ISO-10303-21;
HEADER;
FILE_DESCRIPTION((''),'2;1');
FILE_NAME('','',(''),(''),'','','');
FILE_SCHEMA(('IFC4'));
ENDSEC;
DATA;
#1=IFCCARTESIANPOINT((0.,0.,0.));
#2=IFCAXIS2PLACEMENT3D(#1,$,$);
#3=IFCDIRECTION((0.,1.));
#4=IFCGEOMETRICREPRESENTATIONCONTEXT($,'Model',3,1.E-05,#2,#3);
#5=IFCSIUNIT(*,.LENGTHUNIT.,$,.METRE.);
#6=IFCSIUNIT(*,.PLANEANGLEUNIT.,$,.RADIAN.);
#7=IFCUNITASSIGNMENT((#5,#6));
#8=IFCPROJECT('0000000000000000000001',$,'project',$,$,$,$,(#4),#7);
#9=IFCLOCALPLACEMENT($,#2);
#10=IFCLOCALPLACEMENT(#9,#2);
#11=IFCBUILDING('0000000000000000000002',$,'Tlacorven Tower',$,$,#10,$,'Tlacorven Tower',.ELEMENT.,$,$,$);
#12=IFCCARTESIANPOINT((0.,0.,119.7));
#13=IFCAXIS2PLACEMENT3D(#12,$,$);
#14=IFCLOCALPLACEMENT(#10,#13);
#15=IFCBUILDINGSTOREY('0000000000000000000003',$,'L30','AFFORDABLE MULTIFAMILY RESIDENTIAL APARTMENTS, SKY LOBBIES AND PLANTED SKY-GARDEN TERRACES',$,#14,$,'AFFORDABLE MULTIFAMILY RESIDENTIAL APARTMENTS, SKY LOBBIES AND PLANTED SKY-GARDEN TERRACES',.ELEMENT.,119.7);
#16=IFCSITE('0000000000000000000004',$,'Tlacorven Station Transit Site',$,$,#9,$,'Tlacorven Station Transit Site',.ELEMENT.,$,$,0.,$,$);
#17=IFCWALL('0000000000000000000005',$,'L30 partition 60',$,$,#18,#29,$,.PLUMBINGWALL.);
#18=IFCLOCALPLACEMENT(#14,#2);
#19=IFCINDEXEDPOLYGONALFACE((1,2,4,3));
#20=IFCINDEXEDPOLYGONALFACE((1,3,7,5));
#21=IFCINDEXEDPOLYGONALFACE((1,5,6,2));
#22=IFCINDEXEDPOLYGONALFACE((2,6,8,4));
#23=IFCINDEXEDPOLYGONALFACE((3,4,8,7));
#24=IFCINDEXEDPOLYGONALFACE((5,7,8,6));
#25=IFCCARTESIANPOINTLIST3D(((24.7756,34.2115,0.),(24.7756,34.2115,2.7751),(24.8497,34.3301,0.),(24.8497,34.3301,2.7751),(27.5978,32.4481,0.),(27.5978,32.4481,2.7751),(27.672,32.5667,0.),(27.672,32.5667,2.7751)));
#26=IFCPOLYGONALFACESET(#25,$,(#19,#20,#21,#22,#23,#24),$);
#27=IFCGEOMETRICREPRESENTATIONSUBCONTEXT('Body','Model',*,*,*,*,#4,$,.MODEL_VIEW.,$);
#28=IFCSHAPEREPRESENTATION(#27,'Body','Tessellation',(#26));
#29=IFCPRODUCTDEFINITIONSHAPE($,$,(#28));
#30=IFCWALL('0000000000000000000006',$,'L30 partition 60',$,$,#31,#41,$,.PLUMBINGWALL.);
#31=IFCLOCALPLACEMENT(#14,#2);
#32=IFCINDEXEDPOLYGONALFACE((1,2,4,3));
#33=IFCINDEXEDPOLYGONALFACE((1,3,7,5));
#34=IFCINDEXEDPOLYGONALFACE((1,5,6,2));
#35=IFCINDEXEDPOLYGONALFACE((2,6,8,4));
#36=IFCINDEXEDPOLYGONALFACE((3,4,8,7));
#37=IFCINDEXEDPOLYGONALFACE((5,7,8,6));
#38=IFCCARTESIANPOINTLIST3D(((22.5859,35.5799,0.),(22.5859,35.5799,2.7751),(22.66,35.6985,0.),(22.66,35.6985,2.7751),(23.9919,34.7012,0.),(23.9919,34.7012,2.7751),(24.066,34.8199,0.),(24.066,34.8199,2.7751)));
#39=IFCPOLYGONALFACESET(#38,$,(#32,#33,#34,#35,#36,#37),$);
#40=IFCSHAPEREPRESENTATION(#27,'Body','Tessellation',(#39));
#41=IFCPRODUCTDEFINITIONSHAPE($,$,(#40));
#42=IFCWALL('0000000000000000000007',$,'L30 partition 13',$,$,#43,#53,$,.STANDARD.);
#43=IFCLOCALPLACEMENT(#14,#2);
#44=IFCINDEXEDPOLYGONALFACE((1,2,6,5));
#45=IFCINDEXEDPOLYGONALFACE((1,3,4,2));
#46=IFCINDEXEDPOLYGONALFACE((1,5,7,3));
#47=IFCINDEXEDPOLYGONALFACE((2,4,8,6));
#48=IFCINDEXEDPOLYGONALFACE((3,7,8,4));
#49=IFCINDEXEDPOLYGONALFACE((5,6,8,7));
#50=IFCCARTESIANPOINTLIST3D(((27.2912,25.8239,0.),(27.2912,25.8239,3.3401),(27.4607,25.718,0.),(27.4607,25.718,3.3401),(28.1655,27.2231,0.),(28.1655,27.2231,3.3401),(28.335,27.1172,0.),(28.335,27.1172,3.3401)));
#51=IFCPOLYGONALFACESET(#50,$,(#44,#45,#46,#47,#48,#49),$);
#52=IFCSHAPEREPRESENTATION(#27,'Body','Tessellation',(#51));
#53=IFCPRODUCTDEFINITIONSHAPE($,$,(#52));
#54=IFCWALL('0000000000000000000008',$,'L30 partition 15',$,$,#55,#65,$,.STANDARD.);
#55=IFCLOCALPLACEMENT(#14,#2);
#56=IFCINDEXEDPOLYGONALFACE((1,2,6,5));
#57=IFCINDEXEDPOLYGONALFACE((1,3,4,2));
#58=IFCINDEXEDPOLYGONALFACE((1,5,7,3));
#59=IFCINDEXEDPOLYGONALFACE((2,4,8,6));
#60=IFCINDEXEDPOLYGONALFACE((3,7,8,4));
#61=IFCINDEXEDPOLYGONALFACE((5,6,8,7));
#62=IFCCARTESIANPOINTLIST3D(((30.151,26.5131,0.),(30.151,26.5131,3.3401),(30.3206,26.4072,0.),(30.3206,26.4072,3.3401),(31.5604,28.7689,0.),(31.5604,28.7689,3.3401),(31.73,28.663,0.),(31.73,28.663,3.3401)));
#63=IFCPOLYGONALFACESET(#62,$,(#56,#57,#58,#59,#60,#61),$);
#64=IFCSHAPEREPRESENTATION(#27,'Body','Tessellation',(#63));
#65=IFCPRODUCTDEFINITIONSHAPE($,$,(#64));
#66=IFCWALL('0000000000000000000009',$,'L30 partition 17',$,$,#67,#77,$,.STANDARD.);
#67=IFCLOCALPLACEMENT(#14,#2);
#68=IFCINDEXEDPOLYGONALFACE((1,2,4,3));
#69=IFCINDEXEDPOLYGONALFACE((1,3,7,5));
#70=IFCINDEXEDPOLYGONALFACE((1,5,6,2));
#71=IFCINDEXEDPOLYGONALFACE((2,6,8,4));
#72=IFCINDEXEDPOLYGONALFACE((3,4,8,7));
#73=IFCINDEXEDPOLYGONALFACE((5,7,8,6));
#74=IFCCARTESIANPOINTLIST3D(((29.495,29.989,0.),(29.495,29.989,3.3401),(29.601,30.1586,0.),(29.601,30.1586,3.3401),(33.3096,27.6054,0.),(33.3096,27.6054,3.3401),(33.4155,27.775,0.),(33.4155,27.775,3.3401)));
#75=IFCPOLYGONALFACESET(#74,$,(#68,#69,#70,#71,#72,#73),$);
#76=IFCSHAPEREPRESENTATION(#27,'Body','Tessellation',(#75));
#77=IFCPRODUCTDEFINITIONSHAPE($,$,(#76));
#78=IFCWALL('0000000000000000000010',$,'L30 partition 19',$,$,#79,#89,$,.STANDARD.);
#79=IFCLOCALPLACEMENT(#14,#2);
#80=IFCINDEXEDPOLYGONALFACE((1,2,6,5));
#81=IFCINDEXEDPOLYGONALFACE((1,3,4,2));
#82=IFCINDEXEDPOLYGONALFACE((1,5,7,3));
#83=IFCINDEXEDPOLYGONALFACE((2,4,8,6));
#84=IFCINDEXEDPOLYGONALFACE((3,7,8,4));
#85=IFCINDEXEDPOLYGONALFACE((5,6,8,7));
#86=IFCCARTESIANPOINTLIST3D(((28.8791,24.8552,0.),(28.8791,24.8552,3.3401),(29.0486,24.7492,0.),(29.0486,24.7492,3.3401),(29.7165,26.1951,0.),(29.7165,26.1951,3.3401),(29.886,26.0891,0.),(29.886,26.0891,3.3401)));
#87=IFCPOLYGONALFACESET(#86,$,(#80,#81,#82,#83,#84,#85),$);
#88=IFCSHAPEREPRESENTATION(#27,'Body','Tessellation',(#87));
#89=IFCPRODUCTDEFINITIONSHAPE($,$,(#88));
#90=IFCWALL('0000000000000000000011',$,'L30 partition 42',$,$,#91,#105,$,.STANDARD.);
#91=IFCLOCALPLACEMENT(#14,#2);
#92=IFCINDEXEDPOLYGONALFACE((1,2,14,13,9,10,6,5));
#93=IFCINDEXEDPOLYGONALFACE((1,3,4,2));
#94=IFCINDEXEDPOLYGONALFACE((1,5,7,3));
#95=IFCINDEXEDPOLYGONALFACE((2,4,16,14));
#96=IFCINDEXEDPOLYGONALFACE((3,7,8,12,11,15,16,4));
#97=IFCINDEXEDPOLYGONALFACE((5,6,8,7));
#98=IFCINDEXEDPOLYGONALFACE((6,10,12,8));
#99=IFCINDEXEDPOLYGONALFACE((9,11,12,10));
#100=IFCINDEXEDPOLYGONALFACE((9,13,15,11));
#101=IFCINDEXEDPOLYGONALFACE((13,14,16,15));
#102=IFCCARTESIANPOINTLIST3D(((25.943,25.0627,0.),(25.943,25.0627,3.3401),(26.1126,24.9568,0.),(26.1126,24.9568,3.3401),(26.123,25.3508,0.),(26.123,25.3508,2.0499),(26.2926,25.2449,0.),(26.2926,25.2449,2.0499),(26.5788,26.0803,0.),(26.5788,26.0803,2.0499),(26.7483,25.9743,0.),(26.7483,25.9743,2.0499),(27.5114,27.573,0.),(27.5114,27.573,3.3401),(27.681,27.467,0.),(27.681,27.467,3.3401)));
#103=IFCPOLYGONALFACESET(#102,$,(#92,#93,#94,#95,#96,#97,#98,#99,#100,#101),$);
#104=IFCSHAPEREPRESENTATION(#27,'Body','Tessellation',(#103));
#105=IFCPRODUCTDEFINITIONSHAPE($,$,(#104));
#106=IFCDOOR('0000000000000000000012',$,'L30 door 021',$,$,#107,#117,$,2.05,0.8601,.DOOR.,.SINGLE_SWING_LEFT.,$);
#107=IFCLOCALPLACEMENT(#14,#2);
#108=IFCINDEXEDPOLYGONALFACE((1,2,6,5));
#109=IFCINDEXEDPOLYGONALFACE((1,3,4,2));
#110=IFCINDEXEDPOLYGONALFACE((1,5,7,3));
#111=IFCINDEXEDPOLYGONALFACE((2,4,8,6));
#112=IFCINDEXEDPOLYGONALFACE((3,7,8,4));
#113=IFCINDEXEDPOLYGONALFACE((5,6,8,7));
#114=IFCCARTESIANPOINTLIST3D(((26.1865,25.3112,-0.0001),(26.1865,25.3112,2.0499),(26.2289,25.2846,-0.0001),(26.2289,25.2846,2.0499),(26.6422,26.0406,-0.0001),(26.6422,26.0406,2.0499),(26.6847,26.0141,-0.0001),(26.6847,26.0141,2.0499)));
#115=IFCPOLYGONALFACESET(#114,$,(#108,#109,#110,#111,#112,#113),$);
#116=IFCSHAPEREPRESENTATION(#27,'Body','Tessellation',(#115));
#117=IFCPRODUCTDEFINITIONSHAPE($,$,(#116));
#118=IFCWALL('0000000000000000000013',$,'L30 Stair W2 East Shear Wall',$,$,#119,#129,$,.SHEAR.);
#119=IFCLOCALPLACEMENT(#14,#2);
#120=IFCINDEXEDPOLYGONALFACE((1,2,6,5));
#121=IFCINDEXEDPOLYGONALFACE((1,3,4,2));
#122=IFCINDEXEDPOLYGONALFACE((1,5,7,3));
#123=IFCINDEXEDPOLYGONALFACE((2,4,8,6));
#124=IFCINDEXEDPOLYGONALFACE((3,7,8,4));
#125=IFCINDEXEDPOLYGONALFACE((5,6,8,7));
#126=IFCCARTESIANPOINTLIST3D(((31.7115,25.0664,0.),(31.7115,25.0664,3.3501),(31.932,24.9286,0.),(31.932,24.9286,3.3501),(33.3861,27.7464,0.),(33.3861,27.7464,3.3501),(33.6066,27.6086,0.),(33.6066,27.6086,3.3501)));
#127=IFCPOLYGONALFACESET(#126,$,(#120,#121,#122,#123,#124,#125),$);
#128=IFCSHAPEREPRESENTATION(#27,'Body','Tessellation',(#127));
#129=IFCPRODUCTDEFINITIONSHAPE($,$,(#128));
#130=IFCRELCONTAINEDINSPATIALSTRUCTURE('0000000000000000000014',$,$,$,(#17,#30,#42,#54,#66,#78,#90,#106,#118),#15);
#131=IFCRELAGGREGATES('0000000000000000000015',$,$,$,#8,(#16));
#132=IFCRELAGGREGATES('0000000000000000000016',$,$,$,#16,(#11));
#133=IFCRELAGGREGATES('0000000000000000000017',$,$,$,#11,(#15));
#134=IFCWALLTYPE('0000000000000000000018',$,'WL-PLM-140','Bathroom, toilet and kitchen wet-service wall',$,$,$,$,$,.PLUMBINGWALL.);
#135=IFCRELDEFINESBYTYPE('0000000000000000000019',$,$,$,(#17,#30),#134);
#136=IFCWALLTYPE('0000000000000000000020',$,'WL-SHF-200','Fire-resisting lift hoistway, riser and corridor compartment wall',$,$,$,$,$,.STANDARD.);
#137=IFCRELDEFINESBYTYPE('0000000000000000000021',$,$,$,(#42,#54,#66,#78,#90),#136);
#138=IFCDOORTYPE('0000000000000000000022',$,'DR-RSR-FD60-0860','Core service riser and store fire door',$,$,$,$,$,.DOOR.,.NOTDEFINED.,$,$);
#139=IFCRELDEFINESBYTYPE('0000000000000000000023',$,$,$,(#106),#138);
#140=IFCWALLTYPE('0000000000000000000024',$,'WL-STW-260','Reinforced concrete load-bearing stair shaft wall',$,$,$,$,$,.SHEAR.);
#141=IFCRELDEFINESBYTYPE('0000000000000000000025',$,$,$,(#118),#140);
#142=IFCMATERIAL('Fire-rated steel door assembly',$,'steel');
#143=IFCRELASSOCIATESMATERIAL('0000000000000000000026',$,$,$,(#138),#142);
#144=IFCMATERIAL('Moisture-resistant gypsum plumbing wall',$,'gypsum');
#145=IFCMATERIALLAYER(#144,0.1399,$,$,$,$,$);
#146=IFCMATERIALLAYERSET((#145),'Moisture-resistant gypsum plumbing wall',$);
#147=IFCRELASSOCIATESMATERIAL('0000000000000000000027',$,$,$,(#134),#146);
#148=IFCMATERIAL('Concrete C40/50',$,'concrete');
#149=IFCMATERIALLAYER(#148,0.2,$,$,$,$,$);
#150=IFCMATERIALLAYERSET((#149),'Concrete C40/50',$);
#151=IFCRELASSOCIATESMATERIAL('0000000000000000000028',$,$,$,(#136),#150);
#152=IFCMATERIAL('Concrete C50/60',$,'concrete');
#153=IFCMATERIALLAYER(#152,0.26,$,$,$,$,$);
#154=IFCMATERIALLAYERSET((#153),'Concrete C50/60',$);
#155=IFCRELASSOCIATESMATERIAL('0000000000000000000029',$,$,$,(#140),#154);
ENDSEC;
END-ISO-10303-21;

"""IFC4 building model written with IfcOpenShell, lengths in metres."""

from ifc_helpers import new_model, si_unit, direction, frame, frame_2d, origin, place, context, subcontext, project, spatial, rectangle, extrude, source, transform, mapped, material, layer, layer_set, type_object, element, fill, save


model = new_model("IFC4")

# Units and contexts
model_context = context("Model", 3, precision=1e-05, world=origin(), true_north=direction((0.0, 1.0)))
body_context = subcontext(model_context, "Body", "Model", "MODEL_VIEW")
ifc_project = project(units=[si_unit("LENGTHUNIT", "METRE"), si_unit("PLANEANGLEUNIT", "RADIAN")], contexts=[model_context])

# Site, building, storey
site_placement = place(None, origin())
site = spatial("IfcSite", under=ifc_project, at=site_placement, Name="Tlacorven Station Transit Site", LongName="Tlacorven Station Transit Site", CompositionType="ELEMENT", RefElevation=0.0)
building_placement = place(site_placement, origin())
building = spatial("IfcBuilding", under=site, at=building_placement, Name="Tlacorven Tower", LongName="Tlacorven Tower", CompositionType="ELEMENT")
storey_placement = place(building_placement, frame((0.0, 0.0, 119.7)))
storey = spatial("IfcBuildingStorey", under=building, at=storey_placement, Name="L30", Description="AFFORDABLE MULTIFAMILY RESIDENTIAL APARTMENTS, SKY LOBBIES AND PLANTED SKY-GARDEN TERRACES", LongName="AFFORDABLE MULTIFAMILY RESIDENTIAL APARTMENTS, SKY LOBBIES AND PLANTED SKY-GARDEN TERRACES", CompositionType="ELEMENT", Elevation=119.7)

# Shared definitions
ifc_material_1 = material(Name="Fire-rated steel door assembly", Category="steel")
door_type_1 = type_object("IfcDoorType", Name="DR-RSR-FD60-0860", Description="Core service riser and store fire door", OperationType="NOTDEFINED", PredefinedType="DOOR", material=ifc_material_1)
shared_shape_1 = source(origin(), body_context, "Body", "SweptSolid", [
    extrude(rectangle(XDim=0.8601, YDim=2.05, at=frame_2d((0.4302, 1.0249))), frame((0.0, 0.0249, 0.0), z_axis=(0.0, -1.0, 0.0), x_axis=(1.0, 0.0, 0.0)), (0.0, 0.0, 1.0), 0.05),
])

# Shared definitions
ifc_material_2 = material(Name="Moisture-resistant gypsum plumbing wall", Category="gypsum")
ifc_layer_1 = layer(ifc_material_2, 0.1399)
ifc_layer_set_1 = layer_set([ifc_layer_1], Name="Moisture-resistant gypsum plumbing wall")
wall_type_1 = type_object("IfcWallType", Name="WL-PLM-140", Description="Bathroom, toilet and kitchen wet-service wall", PredefinedType="PLUMBINGWALL", material=ifc_layer_set_1)

# Walls
wall_1_placement = place(storey_placement, frame((27.635, 32.5073, 0.0), z_axis=(0.0, 0.0, 1.0), x_axis=(-0.848064, 0.529893, 0.0)))
element("IfcWall", 1, at=wall_1_placement, inside=storey, type_object=wall_type_1, Name="L30 partition 60", PredefinedType="PLUMBINGWALL", context=body_context, shape_type="SweptSolid", body=[
    extrude(rectangle(XDim=3.3279, YDim=0.1399, at=frame_2d((1.6641, 0.0))), origin(), (0.0, 0.0, 1.0), 2.7751),
])
wall_2_placement = place(storey_placement, frame((24.0291, 34.7605, 0.0), z_axis=(0.0, 0.0, 1.0), x_axis=(-0.848023, 0.529959, 0.0)))
element("IfcWall", 2, at=wall_2_placement, inside=storey, type_object=wall_type_1, Name="L30 partition 60", PredefinedType="PLUMBINGWALL", context=body_context, shape_type="SweptSolid", body=[
    extrude(rectangle(XDim=1.658, YDim=0.1399, at=frame_2d((0.8291, 0.0))), origin(), (0.0, 0.0, 1.0), 2.7751),
])
ifc_material_3 = material(Name="Concrete C40/50", Category="concrete")
ifc_layer_2 = layer(ifc_material_3, 0.2)
ifc_layer_set_2 = layer_set([ifc_layer_2], Name="Concrete C40/50")
wall_type_2 = type_object("IfcWallType", Name="WL-SHF-200", Description="Fire-resisting lift hoistway, riser and corridor compartment wall", PredefinedType="STANDARD", material=ifc_layer_set_2)
wall_3_placement = place(storey_placement, frame((28.2502, 27.1702, 0.0), z_axis=(0.0, 0.0, 1.0), x_axis=(-0.529906, -0.848056, 0.0)))
element("IfcWall", 3, at=wall_3_placement, inside=storey, type_object=wall_type_2, Name="L30 partition 13", PredefinedType="STANDARD", context=body_context, shape_type="SweptSolid", body=[
    extrude(rectangle(XDim=1.6499, YDim=0.2, at=frame_2d((0.825, 0.0))), origin(), (0.0, 0.0, 1.0), 3.3401),
])
wall_4_placement = place(storey_placement, frame((31.6453, 28.7161, 0.0), z_axis=(0.0, 0.0, 1.0), x_axis=(-0.529867, -0.848081, 0.0)))
element("IfcWall", 4, at=wall_4_placement, inside=storey, type_object=wall_type_2, Name="L30 partition 15", PredefinedType="STANDARD", context=body_context, shape_type="SweptSolid", body=[
    extrude(rectangle(XDim=2.6599, YDim=0.2, at=frame_2d((1.3301, 0.0))), origin(), (0.0, 0.0, 1.0), 3.3401),
])
wall_5_placement = place(storey_placement, frame((33.3625, 27.6902, 0.0), z_axis=(0.0, 0.0, 1.0), x_axis=(-0.848047, 0.529921, 0.0)))
element("IfcWall", 5, at=wall_5_placement, inside=storey, type_object=wall_type_2, Name="L30 partition 17", PredefinedType="STANDARD", context=body_context, shape_type="SweptSolid", body=[
    extrude(rectangle(XDim=4.498, YDim=0.2, at=frame_2d((2.249, 0.0))), origin(), (0.0, 0.0, 1.0), 3.3401),
])
wall_6_placement = place(storey_placement, frame((29.8013, 26.1421, 0.0), z_axis=(0.0, 0.0, 1.0), x_axis=(-0.529999, -0.847998, 0.0)))
element("IfcWall", 6, at=wall_6_placement, inside=storey, type_object=wall_type_2, Name="L30 partition 19", PredefinedType="STANDARD", context=body_context, shape_type="SweptSolid", body=[
    extrude(rectangle(XDim=1.5801, YDim=0.2, at=frame_2d((0.79, 0.0))), origin(), (0.0, 0.0, 1.0), 3.3401),
])

# Wall, opening, door
wall_7_placement = place(storey_placement, frame((27.5962, 27.52, 0.0), z_axis=(0.0, 0.0, 1.0), x_axis=(-0.529865, -0.848082, 0.0)))
wall_7 = element("IfcWall", 7, at=wall_7_placement, inside=storey, type_object=wall_type_2, Name="L30 partition 42", PredefinedType="STANDARD", context=body_context, shape_type="SweptSolid", body=[
    extrude(rectangle(XDim=2.96, YDim=0.2, at=frame_2d((1.48, 0.0))), origin(), (0.0, 0.0, 1.0), 3.3401),
])
opening_1_placement = place(wall_7_placement, frame((1.76, 0.0, 0.0)))
opening_1 = element("IfcOpeningElement", 8, at=opening_1_placement, cuts=wall_7, PredefinedType="OPENING", context=body_context, shape_type="SweptSolid", body=[
    extrude(rectangle(XDim=0.8601, YDim=2.05, at=frame_2d((0.4302, 1.0249))), frame((0.0, 0.1099, 0.0), z_axis=(0.0, -1.0, 0.0), x_axis=(1.0, 0.0, 0.0)), (0.0, 0.0, 1.0), 0.22),
])
door_1_placement = place(opening_1_placement, origin())
door_1 = element("IfcDoor", 9, at=door_1_placement, inside=storey, type_object=door_type_1, Name="L30 door 021", OperationType="SINGLE_SWING_LEFT", OverallHeight=2.05, OverallWidth=0.8601, PredefinedType="DOOR", context=body_context, shape_type="MappedRepresentation", body=[
    mapped(shared_shape_1, transform((0.0, 0.0, 0.0), scale=1.0)),
])
fill(opening_1, door_1)

# Wall
ifc_material_4 = material(Name="Concrete C50/60", Category="concrete")
ifc_layer_3 = layer(ifc_material_4, 0.26)
ifc_layer_set_3 = layer_set([ifc_layer_3], Name="Concrete C50/60")
wall_type_3 = type_object("IfcWallType", Name="WL-STW-260", Description="Reinforced concrete load-bearing stair shaft wall", PredefinedType="SHEAR", material=ifc_layer_set_3)
wall_8_placement = place(storey_placement, frame((33.4963, 27.6775, 0.0), z_axis=(0.0, 0.0, 1.0), x_axis=(-0.529909, -0.848055, 0.0)))
element("IfcWall", 10, at=wall_8_placement, inside=storey, type_object=wall_type_3, Name="L30 Stair W2 East Shear Wall", PredefinedType="SHEAR", context=body_context, shape_type="SweptSolid", body=[
    extrude(rectangle(XDim=3.1602, YDim=0.26, at=frame_2d((1.5801, 0.0))), origin(), (0.0, 0.0, 1.0), 3.3501),
])

save(model, "model.ifc")
